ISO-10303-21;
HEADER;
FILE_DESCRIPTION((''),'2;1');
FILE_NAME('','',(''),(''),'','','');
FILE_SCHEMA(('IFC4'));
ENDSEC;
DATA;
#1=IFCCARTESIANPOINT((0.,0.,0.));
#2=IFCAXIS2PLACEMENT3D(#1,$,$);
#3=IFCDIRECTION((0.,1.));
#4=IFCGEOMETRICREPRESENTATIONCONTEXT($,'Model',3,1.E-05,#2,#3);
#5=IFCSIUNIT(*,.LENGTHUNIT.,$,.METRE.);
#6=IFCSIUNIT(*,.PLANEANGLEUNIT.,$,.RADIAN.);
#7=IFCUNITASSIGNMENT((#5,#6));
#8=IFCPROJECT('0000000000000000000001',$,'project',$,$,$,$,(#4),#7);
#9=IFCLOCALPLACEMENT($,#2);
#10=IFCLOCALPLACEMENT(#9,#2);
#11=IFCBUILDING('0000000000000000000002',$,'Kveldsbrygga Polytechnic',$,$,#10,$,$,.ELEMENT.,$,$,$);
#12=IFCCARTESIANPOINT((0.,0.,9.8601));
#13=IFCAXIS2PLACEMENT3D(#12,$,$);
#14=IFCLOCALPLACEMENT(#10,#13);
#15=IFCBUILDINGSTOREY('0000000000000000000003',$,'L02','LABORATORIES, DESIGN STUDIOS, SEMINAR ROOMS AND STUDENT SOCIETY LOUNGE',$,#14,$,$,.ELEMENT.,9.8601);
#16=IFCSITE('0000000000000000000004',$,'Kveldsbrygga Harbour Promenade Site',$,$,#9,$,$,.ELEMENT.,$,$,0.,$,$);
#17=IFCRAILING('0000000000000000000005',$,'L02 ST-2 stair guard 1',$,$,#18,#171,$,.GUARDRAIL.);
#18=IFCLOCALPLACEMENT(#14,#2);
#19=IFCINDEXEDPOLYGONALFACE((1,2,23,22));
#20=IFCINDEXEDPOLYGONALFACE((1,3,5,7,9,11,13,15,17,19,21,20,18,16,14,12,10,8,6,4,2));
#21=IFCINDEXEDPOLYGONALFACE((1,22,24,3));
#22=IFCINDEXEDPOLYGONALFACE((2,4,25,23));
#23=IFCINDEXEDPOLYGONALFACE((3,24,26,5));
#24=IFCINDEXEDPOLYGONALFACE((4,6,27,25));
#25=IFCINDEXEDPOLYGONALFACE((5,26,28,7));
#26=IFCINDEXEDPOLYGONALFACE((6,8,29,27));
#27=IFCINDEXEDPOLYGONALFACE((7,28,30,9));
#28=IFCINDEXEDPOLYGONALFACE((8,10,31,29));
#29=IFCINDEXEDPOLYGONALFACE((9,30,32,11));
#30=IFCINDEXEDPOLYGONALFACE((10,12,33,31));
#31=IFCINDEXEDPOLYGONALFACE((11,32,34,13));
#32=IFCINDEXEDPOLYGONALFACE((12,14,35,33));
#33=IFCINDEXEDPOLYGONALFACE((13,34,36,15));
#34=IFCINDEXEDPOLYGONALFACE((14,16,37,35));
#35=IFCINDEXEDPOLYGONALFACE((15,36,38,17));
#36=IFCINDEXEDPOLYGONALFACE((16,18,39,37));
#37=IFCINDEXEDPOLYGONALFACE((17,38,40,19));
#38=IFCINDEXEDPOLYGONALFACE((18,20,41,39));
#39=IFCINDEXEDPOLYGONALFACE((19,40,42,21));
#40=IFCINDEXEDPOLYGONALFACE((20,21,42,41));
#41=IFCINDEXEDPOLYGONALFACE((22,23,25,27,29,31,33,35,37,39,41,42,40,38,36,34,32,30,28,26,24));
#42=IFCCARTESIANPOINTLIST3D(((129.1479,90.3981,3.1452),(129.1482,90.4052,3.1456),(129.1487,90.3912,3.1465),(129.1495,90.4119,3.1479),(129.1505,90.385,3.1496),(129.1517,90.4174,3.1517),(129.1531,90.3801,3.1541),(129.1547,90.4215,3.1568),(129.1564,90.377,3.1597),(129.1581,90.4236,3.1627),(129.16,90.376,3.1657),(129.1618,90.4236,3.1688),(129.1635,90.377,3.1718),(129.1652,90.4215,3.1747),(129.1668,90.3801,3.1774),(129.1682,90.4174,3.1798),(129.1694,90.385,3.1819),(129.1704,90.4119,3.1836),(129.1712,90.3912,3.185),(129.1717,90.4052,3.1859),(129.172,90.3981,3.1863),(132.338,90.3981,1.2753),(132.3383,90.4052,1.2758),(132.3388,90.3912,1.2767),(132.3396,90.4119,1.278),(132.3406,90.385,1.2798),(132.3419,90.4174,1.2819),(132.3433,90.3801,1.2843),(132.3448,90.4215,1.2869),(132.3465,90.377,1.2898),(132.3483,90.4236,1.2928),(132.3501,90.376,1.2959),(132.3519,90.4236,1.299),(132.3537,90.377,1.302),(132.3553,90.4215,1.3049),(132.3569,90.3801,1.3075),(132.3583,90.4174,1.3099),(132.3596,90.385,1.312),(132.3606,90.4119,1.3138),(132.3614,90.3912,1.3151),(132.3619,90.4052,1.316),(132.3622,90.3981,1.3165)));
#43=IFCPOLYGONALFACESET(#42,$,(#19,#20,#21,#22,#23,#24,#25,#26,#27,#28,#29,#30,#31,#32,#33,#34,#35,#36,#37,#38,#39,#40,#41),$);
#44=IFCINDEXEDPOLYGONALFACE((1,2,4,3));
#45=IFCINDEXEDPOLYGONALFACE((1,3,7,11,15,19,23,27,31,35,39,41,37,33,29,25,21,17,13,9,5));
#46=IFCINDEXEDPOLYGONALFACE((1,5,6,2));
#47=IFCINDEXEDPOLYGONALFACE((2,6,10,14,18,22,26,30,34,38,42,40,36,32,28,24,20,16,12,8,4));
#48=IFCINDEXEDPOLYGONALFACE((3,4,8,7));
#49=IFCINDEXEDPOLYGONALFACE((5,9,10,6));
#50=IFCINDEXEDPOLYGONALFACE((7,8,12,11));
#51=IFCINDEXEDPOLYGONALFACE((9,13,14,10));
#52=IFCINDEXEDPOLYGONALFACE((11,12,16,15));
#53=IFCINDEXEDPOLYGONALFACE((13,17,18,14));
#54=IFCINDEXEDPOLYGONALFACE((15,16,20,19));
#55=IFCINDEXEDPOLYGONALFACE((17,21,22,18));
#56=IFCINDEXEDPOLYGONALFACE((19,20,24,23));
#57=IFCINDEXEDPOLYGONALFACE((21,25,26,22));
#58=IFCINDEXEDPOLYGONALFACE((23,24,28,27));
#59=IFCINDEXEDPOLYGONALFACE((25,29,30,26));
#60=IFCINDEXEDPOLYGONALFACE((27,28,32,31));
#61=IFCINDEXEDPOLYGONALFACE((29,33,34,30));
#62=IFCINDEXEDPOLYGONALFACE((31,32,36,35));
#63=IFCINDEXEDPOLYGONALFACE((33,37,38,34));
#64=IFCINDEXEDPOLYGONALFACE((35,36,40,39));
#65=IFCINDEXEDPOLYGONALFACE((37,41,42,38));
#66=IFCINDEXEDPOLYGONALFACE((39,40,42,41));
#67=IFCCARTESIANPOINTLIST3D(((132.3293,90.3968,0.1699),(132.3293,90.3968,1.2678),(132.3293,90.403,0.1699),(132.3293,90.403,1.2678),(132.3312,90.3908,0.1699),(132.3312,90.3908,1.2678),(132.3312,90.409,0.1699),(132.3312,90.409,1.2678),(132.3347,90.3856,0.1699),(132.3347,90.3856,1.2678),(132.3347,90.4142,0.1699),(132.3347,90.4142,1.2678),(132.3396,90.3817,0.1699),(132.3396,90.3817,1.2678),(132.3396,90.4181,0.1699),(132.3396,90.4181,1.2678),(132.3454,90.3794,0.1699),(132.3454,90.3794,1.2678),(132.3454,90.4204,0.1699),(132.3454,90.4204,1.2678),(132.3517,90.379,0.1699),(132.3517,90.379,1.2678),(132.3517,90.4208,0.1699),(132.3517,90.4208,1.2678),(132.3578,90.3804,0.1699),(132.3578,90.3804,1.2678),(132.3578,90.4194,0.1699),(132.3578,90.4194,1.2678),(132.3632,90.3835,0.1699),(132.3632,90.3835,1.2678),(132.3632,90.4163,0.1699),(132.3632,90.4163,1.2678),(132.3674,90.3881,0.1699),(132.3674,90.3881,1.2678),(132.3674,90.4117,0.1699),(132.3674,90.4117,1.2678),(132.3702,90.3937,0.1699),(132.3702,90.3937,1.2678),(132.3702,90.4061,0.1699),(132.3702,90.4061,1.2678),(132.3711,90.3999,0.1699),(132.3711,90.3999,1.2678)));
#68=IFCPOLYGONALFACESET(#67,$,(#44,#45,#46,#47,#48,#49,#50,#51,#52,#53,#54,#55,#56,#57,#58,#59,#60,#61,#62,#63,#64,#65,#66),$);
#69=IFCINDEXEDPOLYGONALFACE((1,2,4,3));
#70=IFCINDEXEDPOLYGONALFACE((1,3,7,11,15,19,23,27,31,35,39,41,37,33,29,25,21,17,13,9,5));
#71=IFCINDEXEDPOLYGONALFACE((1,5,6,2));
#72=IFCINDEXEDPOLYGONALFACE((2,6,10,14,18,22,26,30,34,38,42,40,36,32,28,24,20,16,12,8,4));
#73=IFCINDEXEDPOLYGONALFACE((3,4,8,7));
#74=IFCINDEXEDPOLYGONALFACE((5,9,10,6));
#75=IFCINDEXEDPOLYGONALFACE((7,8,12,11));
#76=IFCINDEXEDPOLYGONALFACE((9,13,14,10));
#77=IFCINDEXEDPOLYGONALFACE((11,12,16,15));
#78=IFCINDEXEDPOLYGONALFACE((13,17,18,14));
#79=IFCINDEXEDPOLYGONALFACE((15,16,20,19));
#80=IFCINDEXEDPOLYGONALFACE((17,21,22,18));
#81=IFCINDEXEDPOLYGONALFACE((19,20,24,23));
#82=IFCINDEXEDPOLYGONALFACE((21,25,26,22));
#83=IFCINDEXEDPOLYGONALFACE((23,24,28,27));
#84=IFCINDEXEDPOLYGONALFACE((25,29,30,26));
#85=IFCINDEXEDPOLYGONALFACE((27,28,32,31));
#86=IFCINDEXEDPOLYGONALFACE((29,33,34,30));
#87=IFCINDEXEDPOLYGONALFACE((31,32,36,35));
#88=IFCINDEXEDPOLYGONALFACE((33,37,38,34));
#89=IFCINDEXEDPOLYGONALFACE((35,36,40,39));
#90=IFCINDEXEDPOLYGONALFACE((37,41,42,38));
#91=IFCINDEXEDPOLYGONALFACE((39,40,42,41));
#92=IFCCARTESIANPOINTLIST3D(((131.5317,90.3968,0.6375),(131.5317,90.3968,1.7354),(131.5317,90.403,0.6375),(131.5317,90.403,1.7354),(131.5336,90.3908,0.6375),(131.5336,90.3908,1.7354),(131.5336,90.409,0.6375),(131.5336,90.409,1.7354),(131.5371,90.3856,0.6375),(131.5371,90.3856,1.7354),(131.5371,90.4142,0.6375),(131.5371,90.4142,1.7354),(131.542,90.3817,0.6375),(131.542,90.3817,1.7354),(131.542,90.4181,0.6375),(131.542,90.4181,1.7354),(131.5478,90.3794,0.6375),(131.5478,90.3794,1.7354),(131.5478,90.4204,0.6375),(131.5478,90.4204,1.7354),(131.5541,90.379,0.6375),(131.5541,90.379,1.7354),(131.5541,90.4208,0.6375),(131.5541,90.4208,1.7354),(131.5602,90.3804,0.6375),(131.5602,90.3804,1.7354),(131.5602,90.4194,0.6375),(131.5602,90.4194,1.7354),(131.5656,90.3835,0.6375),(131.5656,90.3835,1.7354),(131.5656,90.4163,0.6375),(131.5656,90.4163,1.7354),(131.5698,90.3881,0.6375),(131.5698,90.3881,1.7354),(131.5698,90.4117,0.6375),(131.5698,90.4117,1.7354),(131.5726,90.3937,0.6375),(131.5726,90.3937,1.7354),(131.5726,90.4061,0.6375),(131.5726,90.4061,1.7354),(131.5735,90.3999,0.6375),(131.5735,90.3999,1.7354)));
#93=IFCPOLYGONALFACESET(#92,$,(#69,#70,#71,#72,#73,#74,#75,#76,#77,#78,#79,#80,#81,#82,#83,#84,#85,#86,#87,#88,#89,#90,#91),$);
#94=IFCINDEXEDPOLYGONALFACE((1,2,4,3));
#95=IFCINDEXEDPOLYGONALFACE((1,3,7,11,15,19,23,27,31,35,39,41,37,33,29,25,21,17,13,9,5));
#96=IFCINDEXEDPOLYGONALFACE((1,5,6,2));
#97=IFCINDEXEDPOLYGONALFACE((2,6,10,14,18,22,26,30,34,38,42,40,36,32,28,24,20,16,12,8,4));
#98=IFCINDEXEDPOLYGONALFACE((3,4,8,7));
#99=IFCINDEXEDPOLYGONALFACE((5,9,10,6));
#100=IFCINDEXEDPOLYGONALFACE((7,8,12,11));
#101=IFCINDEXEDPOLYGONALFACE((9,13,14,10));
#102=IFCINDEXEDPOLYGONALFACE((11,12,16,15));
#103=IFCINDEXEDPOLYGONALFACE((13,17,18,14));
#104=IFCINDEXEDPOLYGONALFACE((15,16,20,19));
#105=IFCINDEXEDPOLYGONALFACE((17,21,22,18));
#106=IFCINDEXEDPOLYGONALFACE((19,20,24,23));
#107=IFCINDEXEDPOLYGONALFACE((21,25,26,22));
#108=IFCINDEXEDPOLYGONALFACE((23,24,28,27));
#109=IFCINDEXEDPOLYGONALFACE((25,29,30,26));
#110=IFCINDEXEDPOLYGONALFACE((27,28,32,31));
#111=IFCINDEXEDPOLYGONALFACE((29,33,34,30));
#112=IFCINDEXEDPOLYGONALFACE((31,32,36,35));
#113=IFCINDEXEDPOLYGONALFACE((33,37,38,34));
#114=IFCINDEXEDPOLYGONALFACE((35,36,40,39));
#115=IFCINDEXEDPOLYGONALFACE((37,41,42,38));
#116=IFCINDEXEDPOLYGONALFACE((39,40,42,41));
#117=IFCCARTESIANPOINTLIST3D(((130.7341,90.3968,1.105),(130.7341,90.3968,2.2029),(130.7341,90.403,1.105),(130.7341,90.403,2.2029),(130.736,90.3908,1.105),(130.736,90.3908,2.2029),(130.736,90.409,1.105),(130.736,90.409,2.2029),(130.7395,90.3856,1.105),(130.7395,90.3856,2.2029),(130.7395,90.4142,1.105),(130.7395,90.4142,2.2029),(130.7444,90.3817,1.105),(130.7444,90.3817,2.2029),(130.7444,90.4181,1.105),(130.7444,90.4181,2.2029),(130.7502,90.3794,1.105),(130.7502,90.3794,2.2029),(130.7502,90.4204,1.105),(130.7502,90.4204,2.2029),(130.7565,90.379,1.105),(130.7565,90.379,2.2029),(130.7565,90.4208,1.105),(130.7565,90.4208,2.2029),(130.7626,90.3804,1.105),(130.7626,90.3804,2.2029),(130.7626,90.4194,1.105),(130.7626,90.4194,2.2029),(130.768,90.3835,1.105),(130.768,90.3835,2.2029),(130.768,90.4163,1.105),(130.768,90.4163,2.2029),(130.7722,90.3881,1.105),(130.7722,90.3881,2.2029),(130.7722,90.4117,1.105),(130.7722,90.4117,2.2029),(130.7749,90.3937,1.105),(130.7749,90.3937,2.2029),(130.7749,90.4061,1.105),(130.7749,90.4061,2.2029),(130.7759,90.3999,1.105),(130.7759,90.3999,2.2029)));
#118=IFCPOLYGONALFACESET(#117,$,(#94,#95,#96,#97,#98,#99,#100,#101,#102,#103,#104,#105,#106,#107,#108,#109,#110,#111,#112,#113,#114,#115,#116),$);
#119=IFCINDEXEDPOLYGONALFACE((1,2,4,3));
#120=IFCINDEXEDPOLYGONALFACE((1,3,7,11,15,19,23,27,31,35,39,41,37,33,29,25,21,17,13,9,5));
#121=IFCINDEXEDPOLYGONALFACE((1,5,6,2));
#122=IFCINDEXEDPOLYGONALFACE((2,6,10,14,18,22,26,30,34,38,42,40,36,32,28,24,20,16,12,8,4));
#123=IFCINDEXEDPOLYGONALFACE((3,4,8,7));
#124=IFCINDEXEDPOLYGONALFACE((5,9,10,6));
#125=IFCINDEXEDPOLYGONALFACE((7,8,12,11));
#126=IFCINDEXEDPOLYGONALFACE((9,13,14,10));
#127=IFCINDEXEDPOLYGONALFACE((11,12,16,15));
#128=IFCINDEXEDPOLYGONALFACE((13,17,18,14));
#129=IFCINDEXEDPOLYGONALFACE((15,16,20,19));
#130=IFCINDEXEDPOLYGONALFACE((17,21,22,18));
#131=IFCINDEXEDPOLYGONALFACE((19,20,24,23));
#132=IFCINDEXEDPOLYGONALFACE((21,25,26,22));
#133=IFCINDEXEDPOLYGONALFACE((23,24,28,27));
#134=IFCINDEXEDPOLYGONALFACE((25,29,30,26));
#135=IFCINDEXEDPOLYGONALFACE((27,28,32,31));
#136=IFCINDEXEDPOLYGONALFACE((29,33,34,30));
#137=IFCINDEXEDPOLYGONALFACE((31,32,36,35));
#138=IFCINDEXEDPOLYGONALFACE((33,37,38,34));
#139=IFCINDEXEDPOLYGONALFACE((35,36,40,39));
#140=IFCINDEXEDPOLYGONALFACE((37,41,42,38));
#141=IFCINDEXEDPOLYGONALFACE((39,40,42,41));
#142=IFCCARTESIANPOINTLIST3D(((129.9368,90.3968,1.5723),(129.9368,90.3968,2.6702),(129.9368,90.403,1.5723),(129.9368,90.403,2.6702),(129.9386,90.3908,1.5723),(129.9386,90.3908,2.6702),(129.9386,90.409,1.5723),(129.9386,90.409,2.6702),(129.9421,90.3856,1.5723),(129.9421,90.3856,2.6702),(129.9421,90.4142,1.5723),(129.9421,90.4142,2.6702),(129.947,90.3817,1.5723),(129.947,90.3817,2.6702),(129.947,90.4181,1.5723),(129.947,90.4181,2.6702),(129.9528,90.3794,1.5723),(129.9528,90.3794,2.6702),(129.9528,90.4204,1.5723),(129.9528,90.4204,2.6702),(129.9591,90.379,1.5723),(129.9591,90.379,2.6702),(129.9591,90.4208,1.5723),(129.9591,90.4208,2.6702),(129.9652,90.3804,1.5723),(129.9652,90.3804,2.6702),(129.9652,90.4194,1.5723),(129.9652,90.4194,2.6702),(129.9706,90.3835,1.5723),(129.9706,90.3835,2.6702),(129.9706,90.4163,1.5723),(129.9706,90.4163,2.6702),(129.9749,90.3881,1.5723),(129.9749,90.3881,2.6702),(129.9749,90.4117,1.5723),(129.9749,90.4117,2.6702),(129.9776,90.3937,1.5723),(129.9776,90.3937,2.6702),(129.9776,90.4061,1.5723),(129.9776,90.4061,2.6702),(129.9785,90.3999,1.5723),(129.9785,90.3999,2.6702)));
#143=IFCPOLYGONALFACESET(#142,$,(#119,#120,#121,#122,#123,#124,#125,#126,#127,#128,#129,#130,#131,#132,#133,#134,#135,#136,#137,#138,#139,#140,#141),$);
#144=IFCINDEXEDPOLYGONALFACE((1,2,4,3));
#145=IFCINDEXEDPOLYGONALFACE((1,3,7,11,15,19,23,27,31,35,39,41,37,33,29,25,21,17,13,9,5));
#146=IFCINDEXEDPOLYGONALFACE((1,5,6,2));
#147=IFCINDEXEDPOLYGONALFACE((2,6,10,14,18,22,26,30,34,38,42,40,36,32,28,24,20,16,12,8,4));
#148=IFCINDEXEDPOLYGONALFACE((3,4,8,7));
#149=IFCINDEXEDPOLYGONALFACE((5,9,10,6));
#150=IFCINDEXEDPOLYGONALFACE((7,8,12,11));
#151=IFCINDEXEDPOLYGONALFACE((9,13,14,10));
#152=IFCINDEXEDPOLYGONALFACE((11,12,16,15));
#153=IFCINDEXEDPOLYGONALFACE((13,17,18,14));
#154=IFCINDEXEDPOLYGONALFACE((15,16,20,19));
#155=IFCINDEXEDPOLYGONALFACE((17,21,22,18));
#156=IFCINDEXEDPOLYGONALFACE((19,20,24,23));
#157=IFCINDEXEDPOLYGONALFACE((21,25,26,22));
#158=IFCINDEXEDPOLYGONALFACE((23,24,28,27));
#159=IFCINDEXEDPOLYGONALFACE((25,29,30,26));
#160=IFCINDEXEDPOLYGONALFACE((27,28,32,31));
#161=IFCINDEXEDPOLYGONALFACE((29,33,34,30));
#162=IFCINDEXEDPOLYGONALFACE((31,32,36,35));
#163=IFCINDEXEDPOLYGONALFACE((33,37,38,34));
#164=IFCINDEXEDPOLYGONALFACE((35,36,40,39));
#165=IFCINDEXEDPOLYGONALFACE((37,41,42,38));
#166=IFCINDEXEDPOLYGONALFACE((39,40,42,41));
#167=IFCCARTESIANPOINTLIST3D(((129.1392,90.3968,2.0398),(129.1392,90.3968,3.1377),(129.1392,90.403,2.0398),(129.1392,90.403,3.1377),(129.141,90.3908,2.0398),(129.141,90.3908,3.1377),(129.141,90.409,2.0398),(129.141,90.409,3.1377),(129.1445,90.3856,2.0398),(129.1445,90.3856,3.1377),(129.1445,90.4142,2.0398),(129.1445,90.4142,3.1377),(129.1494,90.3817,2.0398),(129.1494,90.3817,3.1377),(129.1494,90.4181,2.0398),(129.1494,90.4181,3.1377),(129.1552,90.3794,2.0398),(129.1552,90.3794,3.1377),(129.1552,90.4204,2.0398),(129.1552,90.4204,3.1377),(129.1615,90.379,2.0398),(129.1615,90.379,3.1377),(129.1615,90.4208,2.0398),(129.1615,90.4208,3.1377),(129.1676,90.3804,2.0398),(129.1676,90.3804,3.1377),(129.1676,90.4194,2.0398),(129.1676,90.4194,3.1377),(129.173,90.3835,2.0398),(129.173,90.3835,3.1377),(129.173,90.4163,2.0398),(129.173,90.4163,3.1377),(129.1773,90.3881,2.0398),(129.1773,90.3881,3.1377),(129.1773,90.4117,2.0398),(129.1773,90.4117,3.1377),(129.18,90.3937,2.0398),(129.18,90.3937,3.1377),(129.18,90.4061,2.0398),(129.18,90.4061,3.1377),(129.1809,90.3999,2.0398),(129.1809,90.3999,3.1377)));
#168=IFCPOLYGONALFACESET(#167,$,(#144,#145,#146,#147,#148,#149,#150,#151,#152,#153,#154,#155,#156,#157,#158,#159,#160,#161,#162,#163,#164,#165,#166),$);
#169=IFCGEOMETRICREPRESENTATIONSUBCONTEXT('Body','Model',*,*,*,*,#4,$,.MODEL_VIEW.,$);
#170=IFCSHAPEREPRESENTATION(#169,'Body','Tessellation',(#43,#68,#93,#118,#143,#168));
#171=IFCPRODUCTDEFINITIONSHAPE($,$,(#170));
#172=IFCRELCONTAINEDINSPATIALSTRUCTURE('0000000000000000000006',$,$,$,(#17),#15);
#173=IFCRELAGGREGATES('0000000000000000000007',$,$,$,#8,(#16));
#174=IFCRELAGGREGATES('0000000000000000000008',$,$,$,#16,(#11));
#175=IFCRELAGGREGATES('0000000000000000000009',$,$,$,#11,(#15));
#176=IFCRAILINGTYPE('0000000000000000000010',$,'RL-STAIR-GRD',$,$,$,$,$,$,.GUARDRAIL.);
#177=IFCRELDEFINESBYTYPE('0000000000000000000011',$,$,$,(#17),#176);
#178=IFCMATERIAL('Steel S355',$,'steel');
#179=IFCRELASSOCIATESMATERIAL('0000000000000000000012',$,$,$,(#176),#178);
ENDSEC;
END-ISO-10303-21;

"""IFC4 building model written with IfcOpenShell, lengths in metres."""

from ifc_helpers import new_model, si_unit, direction, frame, origin, origin_2d, place, context, subcontext, project, spatial, circle, extrude, material, type_object, element, save


model = new_model("IFC4")

# Units and contexts
model_context = context("Model", 3, precision=1e-05, world=origin(), true_north=direction((0.0, 1.0)))
body_context = subcontext(model_context, "Body", "Model", "MODEL_VIEW")
ifc_project = project(units=[si_unit("LENGTHUNIT", "METRE"), si_unit("PLANEANGLEUNIT", "RADIAN")], contexts=[model_context])

# Site, building, storey
site_placement = place(None, origin())
site = spatial("IfcSite", under=ifc_project, at=site_placement, Name="Kveldsbrygga Harbour Promenade Site", CompositionType="ELEMENT", RefElevation=0.0)
building_placement = place(site_placement, origin())
building = spatial("IfcBuilding", under=site, at=building_placement, Name="Kveldsbrygga Polytechnic", CompositionType="ELEMENT")
storey_placement = place(building_placement, frame((0.0, 0.0, 9.8601)))
storey = spatial("IfcBuildingStorey", under=building, at=storey_placement, Name="L02", Description="LABORATORIES, DESIGN STUDIOS, SEMINAR ROOMS AND STUDENT SOCIETY LOUNGE", CompositionType="ELEMENT", Elevation=9.8601)

# Shared definitions
ifc_material_1 = material(Name="Steel S355", Category="steel")

# Railing
railing_type_1 = type_object("IfcRailingType", Name="RL-STAIR-GRD", PredefinedType="GUARDRAIL", material=ifc_material_1)
railing_1_placement = place(storey_placement, frame((132.3501, 90.3999, 0.1699)))
element("IfcRailing", 1, at=railing_1_placement, inside=storey, type_object=railing_type_1, Name="L02 ST-2 stair guard 1", PredefinedType="GUARDRAIL", context=body_context, shape_type="SweptSolid", body=[
    extrude(circle(Radius=0.0239, at=origin_2d()), frame((0.0, 0.0, 1.126), z_axis=(-0.862726, 0.0, 0.505672), x_axis=(0.0, -1.0, 0.0)), (0.0, 0.0, 1.0), 3.6978),
    extrude(circle(Radius=0.021, at=origin_2d()), origin(), (0.0, 0.0, 1.0), 1.0979),
    extrude(circle(Radius=0.021, at=origin_2d()), frame((-0.7976, 0.0, 0.4675)), (0.0, 0.0, 1.0), 1.0979),
    extrude(circle(Radius=0.021, at=origin_2d()), frame((-1.5952, 0.0, 0.9351)), (0.0, 0.0, 1.0), 1.0979),
    extrude(circle(Radius=0.021, at=origin_2d()), frame((-2.3926, 0.0, 1.4023)), (0.0, 0.0, 1.0), 1.0979),
    extrude(circle(Radius=0.021, at=origin_2d()), frame((-3.1902, 0.0, 1.8699)), (0.0, 0.0, 1.0), 1.0979),
])

save(model, "model.ifc")
